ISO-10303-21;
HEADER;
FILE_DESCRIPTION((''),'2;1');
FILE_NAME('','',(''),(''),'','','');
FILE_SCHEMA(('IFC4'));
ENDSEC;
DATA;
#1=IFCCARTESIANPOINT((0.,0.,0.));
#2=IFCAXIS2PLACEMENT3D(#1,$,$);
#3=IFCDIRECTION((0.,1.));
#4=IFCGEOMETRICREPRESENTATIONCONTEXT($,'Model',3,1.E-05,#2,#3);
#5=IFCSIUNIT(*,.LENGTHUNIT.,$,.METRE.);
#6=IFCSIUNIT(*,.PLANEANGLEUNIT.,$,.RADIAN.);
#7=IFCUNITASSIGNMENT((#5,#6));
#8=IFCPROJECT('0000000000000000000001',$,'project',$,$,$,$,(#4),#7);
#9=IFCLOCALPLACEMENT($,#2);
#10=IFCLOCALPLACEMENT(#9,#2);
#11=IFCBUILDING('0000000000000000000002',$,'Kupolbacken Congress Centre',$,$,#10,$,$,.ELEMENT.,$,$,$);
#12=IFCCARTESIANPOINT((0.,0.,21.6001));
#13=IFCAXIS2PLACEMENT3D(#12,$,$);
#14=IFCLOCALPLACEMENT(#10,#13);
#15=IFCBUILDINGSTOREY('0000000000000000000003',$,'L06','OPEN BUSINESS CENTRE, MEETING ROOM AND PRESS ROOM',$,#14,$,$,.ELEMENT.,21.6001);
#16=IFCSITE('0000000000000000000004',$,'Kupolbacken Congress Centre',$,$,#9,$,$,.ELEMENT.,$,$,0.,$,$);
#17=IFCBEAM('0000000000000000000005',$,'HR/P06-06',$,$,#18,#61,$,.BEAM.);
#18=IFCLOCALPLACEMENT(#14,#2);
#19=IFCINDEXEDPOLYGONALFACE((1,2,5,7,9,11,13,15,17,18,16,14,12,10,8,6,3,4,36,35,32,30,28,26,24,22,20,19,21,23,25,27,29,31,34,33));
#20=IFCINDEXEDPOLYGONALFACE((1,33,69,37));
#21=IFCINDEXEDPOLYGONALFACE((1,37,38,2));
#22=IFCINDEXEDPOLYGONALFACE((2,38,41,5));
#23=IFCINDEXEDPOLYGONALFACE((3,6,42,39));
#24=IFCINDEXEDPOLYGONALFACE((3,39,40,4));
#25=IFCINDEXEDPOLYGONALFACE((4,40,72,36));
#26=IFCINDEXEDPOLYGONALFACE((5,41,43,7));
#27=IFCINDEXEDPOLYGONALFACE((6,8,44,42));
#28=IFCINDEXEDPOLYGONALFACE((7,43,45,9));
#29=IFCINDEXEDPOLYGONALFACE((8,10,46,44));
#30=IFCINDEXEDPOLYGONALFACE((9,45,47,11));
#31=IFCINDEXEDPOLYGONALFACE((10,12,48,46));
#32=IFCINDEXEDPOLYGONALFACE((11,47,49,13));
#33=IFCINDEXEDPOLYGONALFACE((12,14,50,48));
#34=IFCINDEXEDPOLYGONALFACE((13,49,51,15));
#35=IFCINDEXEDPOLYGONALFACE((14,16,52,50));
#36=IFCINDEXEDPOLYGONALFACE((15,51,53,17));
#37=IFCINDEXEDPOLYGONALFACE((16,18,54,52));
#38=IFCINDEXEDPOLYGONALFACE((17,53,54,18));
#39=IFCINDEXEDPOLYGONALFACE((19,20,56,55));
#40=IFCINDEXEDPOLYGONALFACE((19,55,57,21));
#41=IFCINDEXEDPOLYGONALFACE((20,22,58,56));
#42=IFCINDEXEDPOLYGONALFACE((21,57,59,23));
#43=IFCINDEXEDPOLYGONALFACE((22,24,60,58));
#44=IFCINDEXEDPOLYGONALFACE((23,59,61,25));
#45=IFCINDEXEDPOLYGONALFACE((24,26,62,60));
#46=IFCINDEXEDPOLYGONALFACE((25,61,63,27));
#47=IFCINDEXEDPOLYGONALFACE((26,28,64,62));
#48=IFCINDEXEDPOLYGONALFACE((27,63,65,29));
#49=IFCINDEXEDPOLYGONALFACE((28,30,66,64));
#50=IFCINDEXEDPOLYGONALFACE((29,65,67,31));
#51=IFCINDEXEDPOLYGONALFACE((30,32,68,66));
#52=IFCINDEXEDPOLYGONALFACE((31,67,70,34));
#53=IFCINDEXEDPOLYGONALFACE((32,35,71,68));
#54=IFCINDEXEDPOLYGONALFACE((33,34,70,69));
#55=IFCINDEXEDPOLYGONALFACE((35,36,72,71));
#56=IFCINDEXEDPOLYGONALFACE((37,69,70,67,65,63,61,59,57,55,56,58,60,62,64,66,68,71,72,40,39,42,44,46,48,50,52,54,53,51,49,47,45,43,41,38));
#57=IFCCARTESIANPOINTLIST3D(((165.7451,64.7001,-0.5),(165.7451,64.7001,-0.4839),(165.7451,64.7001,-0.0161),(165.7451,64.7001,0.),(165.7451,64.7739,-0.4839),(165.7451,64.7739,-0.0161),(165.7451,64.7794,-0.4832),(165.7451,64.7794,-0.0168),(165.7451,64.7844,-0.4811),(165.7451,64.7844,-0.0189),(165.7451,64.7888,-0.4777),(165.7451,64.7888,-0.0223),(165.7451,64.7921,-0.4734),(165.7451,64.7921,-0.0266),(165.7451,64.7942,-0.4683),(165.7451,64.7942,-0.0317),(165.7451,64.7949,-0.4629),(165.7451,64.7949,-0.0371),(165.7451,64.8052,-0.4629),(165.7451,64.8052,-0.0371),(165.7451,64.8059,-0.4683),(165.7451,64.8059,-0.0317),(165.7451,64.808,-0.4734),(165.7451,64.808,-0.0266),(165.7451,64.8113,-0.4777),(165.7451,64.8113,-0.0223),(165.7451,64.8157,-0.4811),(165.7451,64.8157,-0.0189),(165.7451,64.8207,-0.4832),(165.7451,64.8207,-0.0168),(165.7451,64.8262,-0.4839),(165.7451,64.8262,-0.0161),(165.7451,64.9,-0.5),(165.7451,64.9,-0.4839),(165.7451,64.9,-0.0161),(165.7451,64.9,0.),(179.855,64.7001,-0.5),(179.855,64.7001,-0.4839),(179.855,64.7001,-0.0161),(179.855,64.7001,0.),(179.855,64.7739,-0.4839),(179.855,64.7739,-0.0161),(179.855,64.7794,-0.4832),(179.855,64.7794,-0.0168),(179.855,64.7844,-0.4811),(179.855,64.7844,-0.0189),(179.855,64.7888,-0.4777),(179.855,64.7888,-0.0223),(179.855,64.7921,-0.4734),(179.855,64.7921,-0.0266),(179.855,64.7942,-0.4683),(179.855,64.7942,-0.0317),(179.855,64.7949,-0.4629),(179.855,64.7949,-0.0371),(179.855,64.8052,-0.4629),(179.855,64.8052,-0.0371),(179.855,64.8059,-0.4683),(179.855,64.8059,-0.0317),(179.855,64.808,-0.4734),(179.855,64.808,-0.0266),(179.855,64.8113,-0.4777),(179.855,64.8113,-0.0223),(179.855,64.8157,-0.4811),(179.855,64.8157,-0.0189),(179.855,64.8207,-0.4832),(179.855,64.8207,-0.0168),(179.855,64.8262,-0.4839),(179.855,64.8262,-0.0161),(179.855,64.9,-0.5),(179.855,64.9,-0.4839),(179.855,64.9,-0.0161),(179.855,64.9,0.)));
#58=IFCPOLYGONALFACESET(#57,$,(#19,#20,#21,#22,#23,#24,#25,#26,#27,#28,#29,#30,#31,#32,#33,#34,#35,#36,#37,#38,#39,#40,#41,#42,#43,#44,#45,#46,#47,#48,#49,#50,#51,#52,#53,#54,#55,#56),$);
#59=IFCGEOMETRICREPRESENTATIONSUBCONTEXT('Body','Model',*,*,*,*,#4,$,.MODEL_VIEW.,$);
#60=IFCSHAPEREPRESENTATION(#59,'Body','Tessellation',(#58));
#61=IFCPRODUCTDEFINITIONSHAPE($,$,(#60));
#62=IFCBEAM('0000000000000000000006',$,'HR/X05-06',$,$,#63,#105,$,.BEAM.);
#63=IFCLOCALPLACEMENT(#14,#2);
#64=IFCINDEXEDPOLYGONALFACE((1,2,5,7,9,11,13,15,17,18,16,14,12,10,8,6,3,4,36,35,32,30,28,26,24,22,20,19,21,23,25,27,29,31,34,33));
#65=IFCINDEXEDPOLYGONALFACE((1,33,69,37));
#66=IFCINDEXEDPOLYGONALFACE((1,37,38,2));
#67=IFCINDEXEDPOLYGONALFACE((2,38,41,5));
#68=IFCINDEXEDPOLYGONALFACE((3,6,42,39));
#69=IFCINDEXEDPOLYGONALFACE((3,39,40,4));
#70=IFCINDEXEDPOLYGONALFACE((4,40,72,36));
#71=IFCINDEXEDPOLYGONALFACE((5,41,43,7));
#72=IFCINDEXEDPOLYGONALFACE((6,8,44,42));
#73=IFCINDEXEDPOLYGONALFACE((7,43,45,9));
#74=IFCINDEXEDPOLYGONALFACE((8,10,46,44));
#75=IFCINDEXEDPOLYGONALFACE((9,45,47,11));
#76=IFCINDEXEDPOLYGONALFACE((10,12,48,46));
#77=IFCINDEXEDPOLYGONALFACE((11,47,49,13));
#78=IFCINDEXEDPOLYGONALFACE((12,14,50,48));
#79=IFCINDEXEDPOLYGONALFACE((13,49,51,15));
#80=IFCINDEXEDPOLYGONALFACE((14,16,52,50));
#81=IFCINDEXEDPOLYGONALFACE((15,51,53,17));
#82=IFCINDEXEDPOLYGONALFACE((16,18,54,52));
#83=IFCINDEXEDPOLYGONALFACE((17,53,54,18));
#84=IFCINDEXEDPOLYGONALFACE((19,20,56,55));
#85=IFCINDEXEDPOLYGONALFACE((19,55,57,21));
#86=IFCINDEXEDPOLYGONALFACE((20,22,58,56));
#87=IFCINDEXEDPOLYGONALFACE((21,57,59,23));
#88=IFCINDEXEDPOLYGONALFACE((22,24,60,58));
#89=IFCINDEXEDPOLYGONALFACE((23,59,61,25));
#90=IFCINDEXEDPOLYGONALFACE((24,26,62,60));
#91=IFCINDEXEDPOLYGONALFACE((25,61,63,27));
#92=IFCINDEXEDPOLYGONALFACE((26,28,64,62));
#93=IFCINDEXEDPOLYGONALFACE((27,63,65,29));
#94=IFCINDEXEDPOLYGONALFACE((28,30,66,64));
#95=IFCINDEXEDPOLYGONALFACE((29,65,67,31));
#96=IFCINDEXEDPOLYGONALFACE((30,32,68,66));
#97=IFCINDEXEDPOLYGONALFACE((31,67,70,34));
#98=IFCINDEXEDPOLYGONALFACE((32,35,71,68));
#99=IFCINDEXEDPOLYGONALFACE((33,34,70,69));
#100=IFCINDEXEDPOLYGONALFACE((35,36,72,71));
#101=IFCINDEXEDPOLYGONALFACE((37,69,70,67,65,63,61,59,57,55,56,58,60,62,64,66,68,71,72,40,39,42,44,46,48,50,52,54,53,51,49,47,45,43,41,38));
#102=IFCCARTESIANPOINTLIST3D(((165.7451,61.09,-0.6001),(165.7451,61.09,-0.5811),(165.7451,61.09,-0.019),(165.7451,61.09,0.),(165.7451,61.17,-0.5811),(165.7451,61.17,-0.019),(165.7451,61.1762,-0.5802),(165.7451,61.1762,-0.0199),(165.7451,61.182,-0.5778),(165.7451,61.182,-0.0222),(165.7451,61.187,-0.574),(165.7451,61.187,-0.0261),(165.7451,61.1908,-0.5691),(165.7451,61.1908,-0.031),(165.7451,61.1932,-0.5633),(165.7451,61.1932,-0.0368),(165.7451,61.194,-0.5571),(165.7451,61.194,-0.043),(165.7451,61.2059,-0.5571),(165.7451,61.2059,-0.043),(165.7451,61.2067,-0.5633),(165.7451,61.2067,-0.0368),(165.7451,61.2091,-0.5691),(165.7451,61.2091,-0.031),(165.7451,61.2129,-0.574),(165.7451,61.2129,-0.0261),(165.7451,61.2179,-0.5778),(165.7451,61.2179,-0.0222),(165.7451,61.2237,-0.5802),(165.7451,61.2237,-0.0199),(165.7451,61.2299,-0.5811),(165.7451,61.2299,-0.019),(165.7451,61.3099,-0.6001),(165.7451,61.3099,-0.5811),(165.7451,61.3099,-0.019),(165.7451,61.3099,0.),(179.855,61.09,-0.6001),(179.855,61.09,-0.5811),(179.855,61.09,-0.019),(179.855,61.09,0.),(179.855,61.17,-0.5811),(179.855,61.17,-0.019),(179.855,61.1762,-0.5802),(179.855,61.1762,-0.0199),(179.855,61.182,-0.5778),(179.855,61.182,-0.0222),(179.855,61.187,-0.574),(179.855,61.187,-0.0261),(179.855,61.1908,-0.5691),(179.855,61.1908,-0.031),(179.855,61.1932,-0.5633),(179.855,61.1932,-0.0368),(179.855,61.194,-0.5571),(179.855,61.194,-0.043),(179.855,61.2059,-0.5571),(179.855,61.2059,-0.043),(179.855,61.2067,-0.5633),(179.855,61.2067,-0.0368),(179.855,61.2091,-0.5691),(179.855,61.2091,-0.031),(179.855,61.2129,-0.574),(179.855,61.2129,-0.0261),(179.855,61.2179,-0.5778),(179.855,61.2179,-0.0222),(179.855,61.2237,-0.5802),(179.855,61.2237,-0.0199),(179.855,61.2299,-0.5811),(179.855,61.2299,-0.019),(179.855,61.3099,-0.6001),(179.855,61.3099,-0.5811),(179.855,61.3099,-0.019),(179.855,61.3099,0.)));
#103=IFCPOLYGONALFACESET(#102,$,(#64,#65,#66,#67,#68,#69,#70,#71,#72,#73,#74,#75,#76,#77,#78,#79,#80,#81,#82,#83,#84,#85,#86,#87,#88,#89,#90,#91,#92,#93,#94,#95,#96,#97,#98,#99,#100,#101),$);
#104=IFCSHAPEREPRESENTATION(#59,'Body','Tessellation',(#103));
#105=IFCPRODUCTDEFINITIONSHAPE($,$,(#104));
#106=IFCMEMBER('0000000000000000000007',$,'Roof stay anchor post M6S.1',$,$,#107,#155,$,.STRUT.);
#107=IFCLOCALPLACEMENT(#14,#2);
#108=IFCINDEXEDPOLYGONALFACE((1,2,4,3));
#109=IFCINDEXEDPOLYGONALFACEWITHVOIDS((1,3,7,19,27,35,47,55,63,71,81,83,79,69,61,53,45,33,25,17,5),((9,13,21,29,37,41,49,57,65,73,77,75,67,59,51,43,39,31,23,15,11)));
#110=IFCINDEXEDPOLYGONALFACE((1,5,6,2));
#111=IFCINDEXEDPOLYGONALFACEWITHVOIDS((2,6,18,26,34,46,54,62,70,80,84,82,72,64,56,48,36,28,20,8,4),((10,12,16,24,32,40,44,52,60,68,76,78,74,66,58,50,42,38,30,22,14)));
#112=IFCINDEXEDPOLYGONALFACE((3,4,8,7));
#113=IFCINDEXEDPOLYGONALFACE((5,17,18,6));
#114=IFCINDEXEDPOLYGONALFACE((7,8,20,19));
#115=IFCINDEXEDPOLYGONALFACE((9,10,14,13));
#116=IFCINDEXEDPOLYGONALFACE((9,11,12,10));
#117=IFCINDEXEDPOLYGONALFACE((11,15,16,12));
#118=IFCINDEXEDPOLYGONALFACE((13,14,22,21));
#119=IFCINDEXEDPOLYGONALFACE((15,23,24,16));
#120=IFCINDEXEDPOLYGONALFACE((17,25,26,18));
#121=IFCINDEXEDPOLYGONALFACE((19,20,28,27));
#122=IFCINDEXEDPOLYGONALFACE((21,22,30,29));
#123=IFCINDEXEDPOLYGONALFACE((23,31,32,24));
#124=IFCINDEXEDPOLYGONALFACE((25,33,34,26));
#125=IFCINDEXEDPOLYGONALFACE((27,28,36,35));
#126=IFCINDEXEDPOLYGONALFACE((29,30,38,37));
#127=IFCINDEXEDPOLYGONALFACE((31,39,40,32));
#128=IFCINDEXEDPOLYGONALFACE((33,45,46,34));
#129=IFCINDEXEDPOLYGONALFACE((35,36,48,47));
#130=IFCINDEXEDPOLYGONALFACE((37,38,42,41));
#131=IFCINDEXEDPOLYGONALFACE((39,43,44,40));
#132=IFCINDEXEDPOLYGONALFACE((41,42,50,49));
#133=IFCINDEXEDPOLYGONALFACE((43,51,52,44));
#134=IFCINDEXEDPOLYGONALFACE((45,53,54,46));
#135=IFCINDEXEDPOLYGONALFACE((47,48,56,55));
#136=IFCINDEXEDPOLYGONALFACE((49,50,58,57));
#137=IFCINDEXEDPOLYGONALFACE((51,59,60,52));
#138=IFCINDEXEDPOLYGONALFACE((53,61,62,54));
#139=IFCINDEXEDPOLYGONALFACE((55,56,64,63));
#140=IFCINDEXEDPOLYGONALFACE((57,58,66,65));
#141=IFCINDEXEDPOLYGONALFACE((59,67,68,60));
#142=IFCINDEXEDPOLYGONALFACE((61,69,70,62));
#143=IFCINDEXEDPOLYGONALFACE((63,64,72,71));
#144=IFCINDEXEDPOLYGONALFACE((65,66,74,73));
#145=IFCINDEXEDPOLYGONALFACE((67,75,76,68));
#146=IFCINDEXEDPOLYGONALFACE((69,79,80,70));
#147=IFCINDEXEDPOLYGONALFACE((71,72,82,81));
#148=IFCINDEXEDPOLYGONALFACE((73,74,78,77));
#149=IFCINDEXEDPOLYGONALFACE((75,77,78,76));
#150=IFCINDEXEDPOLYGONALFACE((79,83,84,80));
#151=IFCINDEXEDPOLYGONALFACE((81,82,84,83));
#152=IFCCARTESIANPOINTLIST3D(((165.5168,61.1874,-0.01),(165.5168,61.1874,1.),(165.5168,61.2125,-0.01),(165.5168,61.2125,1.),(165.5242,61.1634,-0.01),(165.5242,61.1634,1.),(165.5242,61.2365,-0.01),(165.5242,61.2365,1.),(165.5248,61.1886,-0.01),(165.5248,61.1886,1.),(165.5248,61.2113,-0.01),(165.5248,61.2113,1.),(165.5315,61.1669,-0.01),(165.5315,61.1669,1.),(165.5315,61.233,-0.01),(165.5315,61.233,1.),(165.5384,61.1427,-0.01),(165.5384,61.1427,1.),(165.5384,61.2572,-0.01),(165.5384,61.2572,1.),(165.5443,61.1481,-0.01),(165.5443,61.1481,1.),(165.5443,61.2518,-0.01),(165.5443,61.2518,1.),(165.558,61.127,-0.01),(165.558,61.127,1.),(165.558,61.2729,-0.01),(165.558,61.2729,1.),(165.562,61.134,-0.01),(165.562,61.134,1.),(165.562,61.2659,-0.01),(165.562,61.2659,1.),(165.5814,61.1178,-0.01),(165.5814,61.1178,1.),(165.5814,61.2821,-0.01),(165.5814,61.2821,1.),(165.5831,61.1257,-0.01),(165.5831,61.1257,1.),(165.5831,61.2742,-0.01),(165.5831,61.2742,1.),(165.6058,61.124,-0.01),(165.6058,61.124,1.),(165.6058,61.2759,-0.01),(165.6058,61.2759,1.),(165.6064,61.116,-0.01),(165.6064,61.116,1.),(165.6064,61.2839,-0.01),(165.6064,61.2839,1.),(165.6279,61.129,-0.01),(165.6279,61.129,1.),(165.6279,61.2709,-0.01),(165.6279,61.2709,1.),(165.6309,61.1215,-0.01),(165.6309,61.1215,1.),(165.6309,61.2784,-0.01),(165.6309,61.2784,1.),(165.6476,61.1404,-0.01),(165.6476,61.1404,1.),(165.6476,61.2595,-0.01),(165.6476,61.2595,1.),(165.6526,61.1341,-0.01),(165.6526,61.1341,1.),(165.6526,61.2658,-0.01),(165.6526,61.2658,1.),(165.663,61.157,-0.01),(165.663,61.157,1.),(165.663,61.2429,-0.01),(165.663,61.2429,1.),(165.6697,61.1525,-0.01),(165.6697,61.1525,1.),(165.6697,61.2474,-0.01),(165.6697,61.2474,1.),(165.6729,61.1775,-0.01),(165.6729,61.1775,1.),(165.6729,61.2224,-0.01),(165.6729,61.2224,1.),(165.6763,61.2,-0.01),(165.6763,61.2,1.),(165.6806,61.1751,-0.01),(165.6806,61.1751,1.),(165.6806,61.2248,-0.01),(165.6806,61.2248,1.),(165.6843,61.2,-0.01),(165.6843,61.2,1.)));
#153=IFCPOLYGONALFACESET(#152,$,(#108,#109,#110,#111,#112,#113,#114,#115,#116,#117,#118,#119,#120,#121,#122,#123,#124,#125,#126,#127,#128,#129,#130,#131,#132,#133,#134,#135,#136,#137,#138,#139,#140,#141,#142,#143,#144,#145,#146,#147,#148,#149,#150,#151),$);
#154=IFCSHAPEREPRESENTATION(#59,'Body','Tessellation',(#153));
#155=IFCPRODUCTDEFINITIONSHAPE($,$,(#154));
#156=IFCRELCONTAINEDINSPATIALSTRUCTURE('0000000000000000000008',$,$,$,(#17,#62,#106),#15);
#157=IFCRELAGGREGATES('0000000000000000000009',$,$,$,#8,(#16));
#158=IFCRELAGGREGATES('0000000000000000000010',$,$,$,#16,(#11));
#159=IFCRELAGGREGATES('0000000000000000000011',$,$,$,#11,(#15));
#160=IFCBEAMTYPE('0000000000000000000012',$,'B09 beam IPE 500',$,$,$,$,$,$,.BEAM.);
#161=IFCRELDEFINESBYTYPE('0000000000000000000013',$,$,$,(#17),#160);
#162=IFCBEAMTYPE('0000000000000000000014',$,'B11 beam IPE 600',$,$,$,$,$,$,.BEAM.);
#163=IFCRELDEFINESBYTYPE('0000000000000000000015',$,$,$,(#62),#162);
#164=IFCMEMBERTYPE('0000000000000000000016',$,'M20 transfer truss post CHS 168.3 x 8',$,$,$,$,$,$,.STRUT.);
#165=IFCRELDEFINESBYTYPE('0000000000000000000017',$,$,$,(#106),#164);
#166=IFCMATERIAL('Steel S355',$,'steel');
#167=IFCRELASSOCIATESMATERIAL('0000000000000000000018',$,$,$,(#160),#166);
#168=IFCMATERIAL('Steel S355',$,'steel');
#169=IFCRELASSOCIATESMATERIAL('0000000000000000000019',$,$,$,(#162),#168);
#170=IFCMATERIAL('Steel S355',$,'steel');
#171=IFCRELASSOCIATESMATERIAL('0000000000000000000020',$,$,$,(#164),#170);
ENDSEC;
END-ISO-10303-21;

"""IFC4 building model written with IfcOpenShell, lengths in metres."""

from ifc_helpers import new_model, si_unit, direction, frame, origin, origin_2d, place, context, subcontext, project, spatial, hollow_circle, i_section, extrude, material, material_profile, profile_set, type_object, element, save


model = new_model("IFC4")

# Units and contexts
model_context = context("Model", 3, precision=1e-05, world=origin(), true_north=direction((0.0, 1.0)))
body_context = subcontext(model_context, "Body", "Model", "MODEL_VIEW")
ifc_project = project(units=[si_unit("LENGTHUNIT", "METRE"), si_unit("PLANEANGLEUNIT", "RADIAN")], contexts=[model_context])

# Site, building, storey
site_placement = place(None, origin())
site = spatial("IfcSite", under=ifc_project, at=site_placement, Name="Kupolbacken Congress Centre", CompositionType="ELEMENT", RefElevation=0.0)
building_placement = place(site_placement, origin())
building = spatial("IfcBuilding", under=site, at=building_placement, Name="Kupolbacken Congress Centre", CompositionType="ELEMENT")
storey_placement = place(building_placement, frame((0.0, 0.0, 21.6001)))
storey = spatial("IfcBuildingStorey", under=building, at=storey_placement, Name="L06", Description="OPEN BUSINESS CENTRE, MEETING ROOM AND PRESS ROOM", CompositionType="ELEMENT", Elevation=21.6001)

# Beams
ifc_material_1 = material(Name="Steel S355", Category="steel")
ifc_material_profile_1 = material_profile(ifc_material_1, i_section(OverallWidth=0.2, OverallDepth=0.5, WebThickness=0.0103, FlangeThickness=0.0161, FilletRadius=0.021, at=origin_2d()), Name="IPE 500")
ifc_profile_set_1 = profile_set([ifc_material_profile_1], Name="Steel S355")
beam_type_1 = type_object("IfcBeamType", Name="B09 beam IPE 500", PredefinedType="BEAM", material=ifc_profile_set_1)
beam_1_placement = place(storey_placement, frame((165.7451, 64.8, -0.25), z_axis=(1.0, 0.0, 0.0), x_axis=(0.0, 1.0, 0.0)))
element("IfcBeam", 1, at=beam_1_placement, inside=storey, type_object=beam_type_1, Name="HR/P06-06", PredefinedType="BEAM", context=body_context, shape_type="SweptSolid", body=[
    extrude(i_section(OverallWidth=0.2, OverallDepth=0.5, WebThickness=0.0103, FlangeThickness=0.0161, FilletRadius=0.021, at=origin_2d()), origin(), (0.0, 0.0, 1.0), 14.1099),
])
ifc_material_2 = material(Name="Steel S355", Category="steel")
ifc_material_profile_2 = material_profile(ifc_material_2, i_section(OverallWidth=0.22, OverallDepth=0.6001, WebThickness=0.012, FlangeThickness=0.019, FilletRadius=0.0239, at=origin_2d()), Name="IPE 600")
ifc_profile_set_2 = profile_set([ifc_material_profile_2], Name="Steel S355")
beam_type_2 = type_object("IfcBeamType", Name="B11 beam IPE 600", PredefinedType="BEAM", material=ifc_profile_set_2)
beam_2_placement = place(storey_placement, frame((165.7451, 61.2, -0.3), z_axis=(1.0, 0.0, 0.0), x_axis=(0.0, 1.0, 0.0)))
element("IfcBeam", 2, at=beam_2_placement, inside=storey, type_object=beam_type_2, Name="HR/X05-06", PredefinedType="BEAM", context=body_context, shape_type="SweptSolid", body=[
    extrude(i_section(OverallWidth=0.22, OverallDepth=0.6001, WebThickness=0.012, FlangeThickness=0.019, FilletRadius=0.0239, at=origin_2d()), origin(), (0.0, 0.0, 1.0), 14.1099),
])

# Member
ifc_material_3 = material(Name="Steel S355", Category="steel")
ifc_material_profile_3 = material_profile(ifc_material_3, hollow_circle(Radius=0.0842, WallThickness=0.0081, at=origin_2d()), Name="CHS 168.3 x 8")
ifc_profile_set_3 = profile_set([ifc_material_profile_3], Name="Steel S355")
member_type_1 = type_object("IfcMemberType", Name="M20 transfer truss post CHS 168.3 x 8", PredefinedType="STRUT", material=ifc_profile_set_3)
for number, where, z_axis, x_axis, name in (
    (3, (165.6001, 61.2, -0.01), (0.0, 0.0, 1.0), (1.0, 0.0, 0.0), "Roof stay anchor post M6S.1"),
):
    element("IfcMember", number, at=place(storey_placement, frame(where, z_axis=z_axis, x_axis=x_axis)), inside=storey, type_object=member_type_1, Name=name, PredefinedType="STRUT", context=body_context, shape_type="SweptSolid", body=[
        extrude(hollow_circle(Radius=0.0842, WallThickness=0.0081, at=origin_2d()), origin(), (0.0, 0.0, 1.0), 1.01),
    ])

save(model, "model.ifc")
